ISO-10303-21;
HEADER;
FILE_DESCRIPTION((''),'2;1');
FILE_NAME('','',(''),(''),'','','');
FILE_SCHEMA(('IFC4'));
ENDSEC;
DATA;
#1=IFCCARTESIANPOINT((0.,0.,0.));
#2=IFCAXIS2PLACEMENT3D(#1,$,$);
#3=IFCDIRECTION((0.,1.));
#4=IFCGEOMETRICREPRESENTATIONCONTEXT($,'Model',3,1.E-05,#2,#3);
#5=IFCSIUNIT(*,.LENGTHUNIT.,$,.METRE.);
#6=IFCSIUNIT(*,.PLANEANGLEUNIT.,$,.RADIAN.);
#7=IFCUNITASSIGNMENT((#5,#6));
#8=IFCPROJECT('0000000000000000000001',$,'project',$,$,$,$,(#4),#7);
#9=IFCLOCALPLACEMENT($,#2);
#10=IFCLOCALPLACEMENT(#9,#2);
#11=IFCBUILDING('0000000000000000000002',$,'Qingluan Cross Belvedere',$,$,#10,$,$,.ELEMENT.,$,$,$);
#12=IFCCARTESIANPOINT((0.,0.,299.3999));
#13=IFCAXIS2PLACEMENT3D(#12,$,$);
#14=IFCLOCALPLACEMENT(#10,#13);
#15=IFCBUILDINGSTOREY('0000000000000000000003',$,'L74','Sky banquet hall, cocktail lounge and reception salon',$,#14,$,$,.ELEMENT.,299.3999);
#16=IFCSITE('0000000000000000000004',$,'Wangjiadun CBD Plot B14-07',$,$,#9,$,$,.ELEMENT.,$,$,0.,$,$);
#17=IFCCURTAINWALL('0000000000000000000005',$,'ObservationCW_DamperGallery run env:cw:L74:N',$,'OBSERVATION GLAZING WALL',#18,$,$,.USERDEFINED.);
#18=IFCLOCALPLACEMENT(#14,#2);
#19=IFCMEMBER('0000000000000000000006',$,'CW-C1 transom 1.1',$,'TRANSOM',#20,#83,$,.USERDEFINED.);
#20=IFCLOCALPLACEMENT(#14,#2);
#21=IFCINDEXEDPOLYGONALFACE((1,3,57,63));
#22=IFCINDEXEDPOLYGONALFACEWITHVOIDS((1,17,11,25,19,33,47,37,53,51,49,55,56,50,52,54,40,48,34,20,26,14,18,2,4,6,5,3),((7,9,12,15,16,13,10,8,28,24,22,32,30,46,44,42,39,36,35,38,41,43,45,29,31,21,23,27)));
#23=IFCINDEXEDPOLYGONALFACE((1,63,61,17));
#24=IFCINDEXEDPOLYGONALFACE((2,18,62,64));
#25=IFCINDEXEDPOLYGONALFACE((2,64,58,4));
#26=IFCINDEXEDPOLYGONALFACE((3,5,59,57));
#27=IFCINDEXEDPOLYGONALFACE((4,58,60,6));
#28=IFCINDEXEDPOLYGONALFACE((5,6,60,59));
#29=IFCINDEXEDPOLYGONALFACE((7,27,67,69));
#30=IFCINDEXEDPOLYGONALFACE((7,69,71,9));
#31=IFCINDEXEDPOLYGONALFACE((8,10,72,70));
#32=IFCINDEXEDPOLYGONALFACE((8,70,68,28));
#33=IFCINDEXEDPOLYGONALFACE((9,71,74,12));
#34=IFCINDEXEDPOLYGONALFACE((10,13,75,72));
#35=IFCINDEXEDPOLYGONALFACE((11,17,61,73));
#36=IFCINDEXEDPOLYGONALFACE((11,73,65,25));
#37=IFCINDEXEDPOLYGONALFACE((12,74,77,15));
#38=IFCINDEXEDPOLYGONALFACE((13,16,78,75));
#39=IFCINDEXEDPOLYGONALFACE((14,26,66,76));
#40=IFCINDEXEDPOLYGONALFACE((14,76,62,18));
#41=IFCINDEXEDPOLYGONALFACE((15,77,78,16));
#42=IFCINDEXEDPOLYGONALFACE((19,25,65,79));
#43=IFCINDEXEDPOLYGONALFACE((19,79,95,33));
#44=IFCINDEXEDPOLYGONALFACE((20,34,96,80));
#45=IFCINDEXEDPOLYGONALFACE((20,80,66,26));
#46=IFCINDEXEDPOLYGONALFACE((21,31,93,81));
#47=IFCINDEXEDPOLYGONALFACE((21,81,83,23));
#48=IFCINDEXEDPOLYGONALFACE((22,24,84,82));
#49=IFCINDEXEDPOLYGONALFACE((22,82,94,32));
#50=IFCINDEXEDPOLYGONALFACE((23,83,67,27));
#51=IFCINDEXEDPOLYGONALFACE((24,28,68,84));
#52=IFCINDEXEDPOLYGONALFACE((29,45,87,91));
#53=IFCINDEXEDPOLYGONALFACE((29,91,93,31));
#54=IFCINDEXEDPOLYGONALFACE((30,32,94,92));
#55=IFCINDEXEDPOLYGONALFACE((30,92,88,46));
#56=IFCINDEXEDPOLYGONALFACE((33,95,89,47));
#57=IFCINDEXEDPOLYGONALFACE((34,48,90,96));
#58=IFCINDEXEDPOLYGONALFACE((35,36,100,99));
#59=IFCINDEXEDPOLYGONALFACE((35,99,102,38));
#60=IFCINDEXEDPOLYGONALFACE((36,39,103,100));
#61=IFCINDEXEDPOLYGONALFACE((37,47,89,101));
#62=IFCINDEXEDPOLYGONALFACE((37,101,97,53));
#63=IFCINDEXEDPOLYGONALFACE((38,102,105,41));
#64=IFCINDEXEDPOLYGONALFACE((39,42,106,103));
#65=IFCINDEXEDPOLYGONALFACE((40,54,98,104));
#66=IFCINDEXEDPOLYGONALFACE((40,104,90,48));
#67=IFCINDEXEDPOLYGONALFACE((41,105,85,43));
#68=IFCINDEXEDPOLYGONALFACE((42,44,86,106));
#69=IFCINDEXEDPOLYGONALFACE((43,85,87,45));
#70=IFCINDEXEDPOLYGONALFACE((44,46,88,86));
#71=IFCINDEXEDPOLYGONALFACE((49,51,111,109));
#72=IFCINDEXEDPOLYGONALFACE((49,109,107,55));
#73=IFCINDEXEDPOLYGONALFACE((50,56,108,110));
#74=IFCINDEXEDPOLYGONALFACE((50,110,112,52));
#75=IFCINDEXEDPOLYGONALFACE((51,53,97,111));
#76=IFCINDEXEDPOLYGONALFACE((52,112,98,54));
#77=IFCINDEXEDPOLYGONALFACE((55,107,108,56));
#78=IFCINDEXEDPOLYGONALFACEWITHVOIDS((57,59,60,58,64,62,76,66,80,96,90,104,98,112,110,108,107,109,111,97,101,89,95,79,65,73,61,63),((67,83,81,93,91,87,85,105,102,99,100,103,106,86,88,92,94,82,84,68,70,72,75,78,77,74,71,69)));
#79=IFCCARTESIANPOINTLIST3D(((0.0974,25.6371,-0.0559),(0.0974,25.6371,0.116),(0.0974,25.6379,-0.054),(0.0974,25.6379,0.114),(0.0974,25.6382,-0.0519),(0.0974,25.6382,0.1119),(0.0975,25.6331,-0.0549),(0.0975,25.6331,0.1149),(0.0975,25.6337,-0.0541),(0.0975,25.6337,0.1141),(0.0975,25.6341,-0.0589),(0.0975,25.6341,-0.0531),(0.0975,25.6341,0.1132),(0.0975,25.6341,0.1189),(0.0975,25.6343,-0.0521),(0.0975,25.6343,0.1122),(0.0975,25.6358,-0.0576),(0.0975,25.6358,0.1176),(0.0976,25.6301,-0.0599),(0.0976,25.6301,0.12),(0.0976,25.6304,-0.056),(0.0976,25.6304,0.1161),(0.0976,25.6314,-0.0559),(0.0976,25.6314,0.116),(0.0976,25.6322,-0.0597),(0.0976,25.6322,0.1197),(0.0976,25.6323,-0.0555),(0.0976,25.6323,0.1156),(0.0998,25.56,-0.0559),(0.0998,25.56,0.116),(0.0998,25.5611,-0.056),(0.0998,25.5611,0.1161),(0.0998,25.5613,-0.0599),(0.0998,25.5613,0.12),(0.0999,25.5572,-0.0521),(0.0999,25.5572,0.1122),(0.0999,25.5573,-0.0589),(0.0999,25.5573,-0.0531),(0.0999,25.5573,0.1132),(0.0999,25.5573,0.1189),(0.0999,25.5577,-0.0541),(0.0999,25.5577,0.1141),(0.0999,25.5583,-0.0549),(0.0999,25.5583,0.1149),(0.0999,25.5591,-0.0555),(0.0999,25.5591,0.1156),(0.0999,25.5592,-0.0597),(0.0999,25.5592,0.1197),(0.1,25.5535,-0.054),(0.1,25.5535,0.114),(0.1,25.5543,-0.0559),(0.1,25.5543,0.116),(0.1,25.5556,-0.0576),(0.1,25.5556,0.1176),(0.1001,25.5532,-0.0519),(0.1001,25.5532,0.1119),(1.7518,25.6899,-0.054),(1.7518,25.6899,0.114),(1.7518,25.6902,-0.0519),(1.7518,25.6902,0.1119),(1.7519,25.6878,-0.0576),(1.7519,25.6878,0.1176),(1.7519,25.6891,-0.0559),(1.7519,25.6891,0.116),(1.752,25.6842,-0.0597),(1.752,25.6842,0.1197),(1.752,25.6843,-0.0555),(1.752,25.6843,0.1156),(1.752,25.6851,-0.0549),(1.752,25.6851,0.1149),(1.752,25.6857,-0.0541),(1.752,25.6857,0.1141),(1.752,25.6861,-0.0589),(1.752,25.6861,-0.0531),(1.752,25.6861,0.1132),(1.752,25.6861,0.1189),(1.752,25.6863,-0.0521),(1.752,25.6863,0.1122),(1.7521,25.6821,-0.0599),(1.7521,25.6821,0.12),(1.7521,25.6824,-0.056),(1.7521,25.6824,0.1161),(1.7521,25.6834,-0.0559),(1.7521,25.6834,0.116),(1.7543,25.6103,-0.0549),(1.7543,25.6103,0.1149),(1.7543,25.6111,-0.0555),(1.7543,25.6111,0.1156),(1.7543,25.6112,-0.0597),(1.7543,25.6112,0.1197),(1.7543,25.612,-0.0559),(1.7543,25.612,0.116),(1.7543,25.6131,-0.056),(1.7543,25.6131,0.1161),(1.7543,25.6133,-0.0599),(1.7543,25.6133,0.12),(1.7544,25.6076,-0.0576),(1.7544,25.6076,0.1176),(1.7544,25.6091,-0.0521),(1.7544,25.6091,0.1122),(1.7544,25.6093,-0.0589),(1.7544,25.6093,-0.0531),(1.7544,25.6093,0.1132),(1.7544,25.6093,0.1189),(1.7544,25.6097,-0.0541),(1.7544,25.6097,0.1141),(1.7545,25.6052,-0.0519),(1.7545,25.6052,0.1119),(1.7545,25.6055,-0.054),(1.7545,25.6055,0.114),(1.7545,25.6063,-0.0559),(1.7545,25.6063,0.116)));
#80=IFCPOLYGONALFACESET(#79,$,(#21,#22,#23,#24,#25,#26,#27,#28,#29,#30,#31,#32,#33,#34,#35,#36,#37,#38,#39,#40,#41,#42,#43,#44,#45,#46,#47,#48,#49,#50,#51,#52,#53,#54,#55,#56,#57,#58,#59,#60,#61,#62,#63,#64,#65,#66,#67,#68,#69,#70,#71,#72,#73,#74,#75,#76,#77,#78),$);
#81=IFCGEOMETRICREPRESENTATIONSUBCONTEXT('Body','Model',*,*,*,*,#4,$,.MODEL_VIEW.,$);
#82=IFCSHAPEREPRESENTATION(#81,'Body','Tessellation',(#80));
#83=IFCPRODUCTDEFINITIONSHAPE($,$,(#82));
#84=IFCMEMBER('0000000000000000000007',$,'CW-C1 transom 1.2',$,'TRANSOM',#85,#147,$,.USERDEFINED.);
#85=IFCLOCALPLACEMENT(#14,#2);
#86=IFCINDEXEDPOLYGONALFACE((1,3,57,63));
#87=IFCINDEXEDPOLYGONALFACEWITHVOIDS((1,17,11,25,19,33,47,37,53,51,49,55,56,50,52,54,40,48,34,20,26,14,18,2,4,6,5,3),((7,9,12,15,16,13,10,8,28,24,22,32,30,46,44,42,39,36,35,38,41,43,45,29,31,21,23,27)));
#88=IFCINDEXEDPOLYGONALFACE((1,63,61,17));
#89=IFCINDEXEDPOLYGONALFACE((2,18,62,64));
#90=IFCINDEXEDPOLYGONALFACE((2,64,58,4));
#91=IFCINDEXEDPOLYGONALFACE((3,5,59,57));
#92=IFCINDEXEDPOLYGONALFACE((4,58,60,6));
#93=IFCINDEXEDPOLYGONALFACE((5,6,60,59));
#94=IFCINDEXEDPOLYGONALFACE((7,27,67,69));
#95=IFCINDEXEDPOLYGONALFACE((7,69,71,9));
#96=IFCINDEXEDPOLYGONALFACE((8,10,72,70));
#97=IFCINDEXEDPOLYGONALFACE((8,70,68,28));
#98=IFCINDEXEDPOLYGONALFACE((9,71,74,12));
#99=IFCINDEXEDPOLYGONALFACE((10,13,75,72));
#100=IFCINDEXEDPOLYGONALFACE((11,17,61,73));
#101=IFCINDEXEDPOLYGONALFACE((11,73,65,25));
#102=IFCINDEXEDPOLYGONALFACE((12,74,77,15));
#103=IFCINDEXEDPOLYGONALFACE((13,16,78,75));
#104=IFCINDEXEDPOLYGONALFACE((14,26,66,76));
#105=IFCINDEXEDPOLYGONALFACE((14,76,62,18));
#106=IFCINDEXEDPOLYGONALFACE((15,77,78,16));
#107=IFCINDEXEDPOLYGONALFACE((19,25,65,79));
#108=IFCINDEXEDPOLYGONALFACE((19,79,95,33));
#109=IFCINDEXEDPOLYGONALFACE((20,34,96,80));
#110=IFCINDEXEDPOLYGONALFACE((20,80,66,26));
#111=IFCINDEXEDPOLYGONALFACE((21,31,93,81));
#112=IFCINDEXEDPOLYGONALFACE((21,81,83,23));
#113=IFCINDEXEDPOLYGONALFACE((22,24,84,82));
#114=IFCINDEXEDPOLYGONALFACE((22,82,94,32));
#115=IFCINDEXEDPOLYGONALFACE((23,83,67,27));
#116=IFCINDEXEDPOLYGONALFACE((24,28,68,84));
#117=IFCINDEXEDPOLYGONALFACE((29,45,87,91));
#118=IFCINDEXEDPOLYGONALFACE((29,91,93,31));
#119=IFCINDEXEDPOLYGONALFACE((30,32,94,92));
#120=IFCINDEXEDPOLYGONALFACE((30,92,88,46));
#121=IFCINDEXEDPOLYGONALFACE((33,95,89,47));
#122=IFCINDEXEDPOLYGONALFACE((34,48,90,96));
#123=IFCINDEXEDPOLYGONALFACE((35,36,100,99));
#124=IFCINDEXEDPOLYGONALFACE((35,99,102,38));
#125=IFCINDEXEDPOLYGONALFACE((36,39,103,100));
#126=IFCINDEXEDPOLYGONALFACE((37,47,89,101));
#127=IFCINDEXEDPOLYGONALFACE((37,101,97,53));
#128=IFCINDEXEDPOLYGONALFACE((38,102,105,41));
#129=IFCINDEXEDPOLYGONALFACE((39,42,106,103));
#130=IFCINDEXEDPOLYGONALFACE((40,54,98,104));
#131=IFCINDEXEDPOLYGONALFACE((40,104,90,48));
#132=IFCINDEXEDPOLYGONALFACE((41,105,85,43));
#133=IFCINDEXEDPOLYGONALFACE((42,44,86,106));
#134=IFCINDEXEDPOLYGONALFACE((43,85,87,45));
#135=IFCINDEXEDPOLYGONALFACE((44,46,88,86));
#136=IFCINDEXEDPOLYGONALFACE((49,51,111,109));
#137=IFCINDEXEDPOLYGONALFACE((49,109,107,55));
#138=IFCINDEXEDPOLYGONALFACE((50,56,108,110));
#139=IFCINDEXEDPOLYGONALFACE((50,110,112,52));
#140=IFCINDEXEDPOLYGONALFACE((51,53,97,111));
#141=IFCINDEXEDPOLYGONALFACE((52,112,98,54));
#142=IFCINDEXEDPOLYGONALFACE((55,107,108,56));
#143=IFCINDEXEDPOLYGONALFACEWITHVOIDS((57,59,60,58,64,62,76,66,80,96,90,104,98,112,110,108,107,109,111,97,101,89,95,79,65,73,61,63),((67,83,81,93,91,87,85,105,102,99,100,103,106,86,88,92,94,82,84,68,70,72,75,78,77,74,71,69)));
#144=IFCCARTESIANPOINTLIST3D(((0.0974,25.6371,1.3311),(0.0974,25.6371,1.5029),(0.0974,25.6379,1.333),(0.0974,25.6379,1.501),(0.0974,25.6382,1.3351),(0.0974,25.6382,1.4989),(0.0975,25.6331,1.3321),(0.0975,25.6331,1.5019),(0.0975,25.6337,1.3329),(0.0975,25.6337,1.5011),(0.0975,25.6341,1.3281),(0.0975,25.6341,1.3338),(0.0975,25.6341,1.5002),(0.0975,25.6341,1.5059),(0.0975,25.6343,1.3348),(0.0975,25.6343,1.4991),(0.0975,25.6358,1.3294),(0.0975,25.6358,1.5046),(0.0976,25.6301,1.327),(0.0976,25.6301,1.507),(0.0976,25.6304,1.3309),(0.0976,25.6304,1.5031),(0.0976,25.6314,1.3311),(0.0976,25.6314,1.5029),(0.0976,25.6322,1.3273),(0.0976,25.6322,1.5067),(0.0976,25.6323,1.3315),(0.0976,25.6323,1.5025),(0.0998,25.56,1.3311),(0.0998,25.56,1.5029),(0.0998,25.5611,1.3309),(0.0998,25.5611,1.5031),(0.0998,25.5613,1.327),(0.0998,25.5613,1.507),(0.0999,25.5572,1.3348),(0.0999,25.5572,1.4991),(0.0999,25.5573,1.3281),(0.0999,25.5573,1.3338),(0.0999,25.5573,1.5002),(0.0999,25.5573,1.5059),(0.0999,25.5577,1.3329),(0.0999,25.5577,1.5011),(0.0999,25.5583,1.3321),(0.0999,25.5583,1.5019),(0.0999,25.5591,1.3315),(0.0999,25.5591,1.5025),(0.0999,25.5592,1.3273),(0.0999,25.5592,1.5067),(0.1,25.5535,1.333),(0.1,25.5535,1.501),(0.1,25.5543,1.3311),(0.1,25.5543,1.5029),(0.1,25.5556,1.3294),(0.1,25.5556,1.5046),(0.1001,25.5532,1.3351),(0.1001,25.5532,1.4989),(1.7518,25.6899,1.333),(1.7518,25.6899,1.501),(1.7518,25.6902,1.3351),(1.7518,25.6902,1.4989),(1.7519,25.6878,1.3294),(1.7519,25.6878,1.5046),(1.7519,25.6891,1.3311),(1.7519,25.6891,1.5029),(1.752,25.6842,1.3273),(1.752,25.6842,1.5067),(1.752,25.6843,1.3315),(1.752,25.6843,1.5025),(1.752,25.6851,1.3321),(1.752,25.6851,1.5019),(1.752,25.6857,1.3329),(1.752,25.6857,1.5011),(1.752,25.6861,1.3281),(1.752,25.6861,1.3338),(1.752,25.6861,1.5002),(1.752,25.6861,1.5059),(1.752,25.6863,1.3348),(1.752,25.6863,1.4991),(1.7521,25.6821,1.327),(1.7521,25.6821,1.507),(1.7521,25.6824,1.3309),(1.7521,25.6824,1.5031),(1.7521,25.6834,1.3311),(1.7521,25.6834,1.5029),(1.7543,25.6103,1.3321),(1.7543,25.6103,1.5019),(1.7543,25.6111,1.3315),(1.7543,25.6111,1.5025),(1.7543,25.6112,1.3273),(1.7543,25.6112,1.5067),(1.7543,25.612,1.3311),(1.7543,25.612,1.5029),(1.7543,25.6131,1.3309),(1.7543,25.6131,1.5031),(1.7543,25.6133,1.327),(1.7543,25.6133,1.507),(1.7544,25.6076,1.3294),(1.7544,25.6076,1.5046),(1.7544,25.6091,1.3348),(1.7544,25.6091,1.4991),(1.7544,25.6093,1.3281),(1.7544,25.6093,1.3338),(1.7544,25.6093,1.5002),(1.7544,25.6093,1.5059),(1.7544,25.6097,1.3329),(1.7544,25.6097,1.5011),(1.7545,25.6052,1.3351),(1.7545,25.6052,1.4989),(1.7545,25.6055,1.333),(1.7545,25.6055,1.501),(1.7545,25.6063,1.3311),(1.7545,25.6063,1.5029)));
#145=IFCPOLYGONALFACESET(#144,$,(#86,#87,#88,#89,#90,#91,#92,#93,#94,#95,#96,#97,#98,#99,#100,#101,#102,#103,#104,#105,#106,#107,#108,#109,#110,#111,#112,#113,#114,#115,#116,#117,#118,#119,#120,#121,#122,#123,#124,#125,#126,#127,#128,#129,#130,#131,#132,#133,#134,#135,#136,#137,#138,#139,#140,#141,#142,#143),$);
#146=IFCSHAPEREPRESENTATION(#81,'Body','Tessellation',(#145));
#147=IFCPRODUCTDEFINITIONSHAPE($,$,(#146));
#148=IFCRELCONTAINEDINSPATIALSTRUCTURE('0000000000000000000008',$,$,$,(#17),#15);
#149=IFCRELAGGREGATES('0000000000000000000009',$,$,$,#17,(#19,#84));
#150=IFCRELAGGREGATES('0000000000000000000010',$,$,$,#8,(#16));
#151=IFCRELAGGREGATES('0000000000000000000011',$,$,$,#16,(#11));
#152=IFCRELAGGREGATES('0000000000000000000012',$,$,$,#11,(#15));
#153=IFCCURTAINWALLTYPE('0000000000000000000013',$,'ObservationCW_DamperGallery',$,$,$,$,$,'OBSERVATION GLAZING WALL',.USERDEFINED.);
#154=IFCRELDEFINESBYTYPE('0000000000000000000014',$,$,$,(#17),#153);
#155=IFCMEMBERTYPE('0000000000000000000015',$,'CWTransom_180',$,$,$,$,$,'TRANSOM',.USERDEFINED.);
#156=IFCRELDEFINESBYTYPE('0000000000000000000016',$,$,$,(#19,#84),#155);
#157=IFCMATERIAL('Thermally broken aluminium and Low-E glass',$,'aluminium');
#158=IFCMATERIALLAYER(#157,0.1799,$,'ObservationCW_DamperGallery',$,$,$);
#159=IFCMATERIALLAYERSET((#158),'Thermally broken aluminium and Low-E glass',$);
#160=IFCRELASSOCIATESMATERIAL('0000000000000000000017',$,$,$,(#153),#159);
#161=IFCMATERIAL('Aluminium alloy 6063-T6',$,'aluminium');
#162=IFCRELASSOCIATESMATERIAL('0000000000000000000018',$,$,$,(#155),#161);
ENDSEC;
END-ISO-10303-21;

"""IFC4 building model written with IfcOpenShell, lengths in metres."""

from ifc_helpers import new_model, si_unit, direction, frame, origin, origin_2d, place, context, subcontext, project, spatial, hollow_rectangle, extrude, material, layer, layer_set, material_profile, profile_set, type_object, element, aggregate, save


model = new_model("IFC4")

# Units and contexts
model_context = context("Model", 3, precision=1e-05, world=origin(), true_north=direction((0.0, 1.0)))
body_context = subcontext(model_context, "Body", "Model", "MODEL_VIEW")
ifc_project = project(units=[si_unit("LENGTHUNIT", "METRE"), si_unit("PLANEANGLEUNIT", "RADIAN")], contexts=[model_context])

# Site, building, storey
site_placement = place(None, origin())
site = spatial("IfcSite", under=ifc_project, at=site_placement, Name="Wangjiadun CBD Plot B14-07", CompositionType="ELEMENT", RefElevation=0.0)
building_placement = place(site_placement, origin())
building = spatial("IfcBuilding", under=site, at=building_placement, Name="Qingluan Cross Belvedere", CompositionType="ELEMENT")
storey_placement = place(building_placement, frame((0.0, 0.0, 299.3999)))
storey = spatial("IfcBuildingStorey", under=building, at=storey_placement, Name="L74", Description="Sky banquet hall, cocktail lounge and reception salon", CompositionType="ELEMENT", Elevation=299.3999)

# Curtain wall, members
ifc_material_1 = material(Name="Thermally broken aluminium and Low-E glass", Category="aluminium")
ifc_layer_1 = layer(ifc_material_1, 0.1799, Name="ObservationCW_DamperGallery")
ifc_layer_set_1 = layer_set([ifc_layer_1], Name="Thermally broken aluminium and Low-E glass")
curtain_wall_type = type_object("IfcCurtainWallType", Name="ObservationCW_DamperGallery", ElementType="OBSERVATION GLAZING WALL", PredefinedType="USERDEFINED", material=ifc_layer_set_1)
curtain_wall_placement = place(storey_placement, origin())
curtain_wall = element("IfcCurtainWall", 1, at=curtain_wall_placement, inside=storey, type_object=curtain_wall_type, Name="ObservationCW_DamperGallery run env:cw:L74:N", ObjectType="OBSERVATION GLAZING WALL", PredefinedType="USERDEFINED")
ifc_material_2 = material(Name="Aluminium alloy 6063-T6", Category="aluminium")
ifc_material_profile_1 = material_profile(ifc_material_2, hollow_rectangle(XDim=0.085, YDim=0.1799, WallThickness=0.0039, InnerFilletRadius=0.0039, OuterFilletRadius=0.0081, at=origin_2d()), Name="CWT180x85x4")
ifc_profile_set_1 = profile_set([ifc_material_profile_1], Name="Aluminium alloy 6063-T6")
member_type_1 = type_object("IfcMemberType", Name="CWTransom_180", ElementType="TRANSOM", PredefinedType="USERDEFINED", material=ifc_profile_set_1)
member_1_placement = place(storey_placement, frame((1.7532, 25.6477, 0.03), z_axis=(-0.999506, -0.031414, 0.0), x_axis=(0.031414, -0.999506, 0.0)))
member_1 = element("IfcMember", 2, at=member_1_placement, type_object=member_type_1, Name="CW-C1 transom 1.1", ObjectType="TRANSOM", PredefinedType="USERDEFINED", context=body_context, shape_type="SweptSolid", body=[
    extrude(hollow_rectangle(XDim=0.085, YDim=0.1799, WallThickness=0.0039, InnerFilletRadius=0.0039, OuterFilletRadius=0.0081, at=origin_2d()), origin(), (0.0, 0.0, 1.0), 1.6553),
])
member_2_placement = place(storey_placement, frame((1.7532, 25.6477, 1.417), z_axis=(-0.999506, -0.031414, 0.0), x_axis=(0.031414, -0.999506, 0.0)))
member_2 = element("IfcMember", 3, at=member_2_placement, type_object=member_type_1, Name="CW-C1 transom 1.2", ObjectType="TRANSOM", PredefinedType="USERDEFINED", context=body_context, shape_type="SweptSolid", body=[
    extrude(hollow_rectangle(XDim=0.085, YDim=0.1799, WallThickness=0.0039, InnerFilletRadius=0.0039, OuterFilletRadius=0.0081, at=origin_2d()), origin(), (0.0, 0.0, 1.0), 1.6553),
])
aggregate(curtain_wall, [member_1, member_2])

save(model, "model.ifc")
